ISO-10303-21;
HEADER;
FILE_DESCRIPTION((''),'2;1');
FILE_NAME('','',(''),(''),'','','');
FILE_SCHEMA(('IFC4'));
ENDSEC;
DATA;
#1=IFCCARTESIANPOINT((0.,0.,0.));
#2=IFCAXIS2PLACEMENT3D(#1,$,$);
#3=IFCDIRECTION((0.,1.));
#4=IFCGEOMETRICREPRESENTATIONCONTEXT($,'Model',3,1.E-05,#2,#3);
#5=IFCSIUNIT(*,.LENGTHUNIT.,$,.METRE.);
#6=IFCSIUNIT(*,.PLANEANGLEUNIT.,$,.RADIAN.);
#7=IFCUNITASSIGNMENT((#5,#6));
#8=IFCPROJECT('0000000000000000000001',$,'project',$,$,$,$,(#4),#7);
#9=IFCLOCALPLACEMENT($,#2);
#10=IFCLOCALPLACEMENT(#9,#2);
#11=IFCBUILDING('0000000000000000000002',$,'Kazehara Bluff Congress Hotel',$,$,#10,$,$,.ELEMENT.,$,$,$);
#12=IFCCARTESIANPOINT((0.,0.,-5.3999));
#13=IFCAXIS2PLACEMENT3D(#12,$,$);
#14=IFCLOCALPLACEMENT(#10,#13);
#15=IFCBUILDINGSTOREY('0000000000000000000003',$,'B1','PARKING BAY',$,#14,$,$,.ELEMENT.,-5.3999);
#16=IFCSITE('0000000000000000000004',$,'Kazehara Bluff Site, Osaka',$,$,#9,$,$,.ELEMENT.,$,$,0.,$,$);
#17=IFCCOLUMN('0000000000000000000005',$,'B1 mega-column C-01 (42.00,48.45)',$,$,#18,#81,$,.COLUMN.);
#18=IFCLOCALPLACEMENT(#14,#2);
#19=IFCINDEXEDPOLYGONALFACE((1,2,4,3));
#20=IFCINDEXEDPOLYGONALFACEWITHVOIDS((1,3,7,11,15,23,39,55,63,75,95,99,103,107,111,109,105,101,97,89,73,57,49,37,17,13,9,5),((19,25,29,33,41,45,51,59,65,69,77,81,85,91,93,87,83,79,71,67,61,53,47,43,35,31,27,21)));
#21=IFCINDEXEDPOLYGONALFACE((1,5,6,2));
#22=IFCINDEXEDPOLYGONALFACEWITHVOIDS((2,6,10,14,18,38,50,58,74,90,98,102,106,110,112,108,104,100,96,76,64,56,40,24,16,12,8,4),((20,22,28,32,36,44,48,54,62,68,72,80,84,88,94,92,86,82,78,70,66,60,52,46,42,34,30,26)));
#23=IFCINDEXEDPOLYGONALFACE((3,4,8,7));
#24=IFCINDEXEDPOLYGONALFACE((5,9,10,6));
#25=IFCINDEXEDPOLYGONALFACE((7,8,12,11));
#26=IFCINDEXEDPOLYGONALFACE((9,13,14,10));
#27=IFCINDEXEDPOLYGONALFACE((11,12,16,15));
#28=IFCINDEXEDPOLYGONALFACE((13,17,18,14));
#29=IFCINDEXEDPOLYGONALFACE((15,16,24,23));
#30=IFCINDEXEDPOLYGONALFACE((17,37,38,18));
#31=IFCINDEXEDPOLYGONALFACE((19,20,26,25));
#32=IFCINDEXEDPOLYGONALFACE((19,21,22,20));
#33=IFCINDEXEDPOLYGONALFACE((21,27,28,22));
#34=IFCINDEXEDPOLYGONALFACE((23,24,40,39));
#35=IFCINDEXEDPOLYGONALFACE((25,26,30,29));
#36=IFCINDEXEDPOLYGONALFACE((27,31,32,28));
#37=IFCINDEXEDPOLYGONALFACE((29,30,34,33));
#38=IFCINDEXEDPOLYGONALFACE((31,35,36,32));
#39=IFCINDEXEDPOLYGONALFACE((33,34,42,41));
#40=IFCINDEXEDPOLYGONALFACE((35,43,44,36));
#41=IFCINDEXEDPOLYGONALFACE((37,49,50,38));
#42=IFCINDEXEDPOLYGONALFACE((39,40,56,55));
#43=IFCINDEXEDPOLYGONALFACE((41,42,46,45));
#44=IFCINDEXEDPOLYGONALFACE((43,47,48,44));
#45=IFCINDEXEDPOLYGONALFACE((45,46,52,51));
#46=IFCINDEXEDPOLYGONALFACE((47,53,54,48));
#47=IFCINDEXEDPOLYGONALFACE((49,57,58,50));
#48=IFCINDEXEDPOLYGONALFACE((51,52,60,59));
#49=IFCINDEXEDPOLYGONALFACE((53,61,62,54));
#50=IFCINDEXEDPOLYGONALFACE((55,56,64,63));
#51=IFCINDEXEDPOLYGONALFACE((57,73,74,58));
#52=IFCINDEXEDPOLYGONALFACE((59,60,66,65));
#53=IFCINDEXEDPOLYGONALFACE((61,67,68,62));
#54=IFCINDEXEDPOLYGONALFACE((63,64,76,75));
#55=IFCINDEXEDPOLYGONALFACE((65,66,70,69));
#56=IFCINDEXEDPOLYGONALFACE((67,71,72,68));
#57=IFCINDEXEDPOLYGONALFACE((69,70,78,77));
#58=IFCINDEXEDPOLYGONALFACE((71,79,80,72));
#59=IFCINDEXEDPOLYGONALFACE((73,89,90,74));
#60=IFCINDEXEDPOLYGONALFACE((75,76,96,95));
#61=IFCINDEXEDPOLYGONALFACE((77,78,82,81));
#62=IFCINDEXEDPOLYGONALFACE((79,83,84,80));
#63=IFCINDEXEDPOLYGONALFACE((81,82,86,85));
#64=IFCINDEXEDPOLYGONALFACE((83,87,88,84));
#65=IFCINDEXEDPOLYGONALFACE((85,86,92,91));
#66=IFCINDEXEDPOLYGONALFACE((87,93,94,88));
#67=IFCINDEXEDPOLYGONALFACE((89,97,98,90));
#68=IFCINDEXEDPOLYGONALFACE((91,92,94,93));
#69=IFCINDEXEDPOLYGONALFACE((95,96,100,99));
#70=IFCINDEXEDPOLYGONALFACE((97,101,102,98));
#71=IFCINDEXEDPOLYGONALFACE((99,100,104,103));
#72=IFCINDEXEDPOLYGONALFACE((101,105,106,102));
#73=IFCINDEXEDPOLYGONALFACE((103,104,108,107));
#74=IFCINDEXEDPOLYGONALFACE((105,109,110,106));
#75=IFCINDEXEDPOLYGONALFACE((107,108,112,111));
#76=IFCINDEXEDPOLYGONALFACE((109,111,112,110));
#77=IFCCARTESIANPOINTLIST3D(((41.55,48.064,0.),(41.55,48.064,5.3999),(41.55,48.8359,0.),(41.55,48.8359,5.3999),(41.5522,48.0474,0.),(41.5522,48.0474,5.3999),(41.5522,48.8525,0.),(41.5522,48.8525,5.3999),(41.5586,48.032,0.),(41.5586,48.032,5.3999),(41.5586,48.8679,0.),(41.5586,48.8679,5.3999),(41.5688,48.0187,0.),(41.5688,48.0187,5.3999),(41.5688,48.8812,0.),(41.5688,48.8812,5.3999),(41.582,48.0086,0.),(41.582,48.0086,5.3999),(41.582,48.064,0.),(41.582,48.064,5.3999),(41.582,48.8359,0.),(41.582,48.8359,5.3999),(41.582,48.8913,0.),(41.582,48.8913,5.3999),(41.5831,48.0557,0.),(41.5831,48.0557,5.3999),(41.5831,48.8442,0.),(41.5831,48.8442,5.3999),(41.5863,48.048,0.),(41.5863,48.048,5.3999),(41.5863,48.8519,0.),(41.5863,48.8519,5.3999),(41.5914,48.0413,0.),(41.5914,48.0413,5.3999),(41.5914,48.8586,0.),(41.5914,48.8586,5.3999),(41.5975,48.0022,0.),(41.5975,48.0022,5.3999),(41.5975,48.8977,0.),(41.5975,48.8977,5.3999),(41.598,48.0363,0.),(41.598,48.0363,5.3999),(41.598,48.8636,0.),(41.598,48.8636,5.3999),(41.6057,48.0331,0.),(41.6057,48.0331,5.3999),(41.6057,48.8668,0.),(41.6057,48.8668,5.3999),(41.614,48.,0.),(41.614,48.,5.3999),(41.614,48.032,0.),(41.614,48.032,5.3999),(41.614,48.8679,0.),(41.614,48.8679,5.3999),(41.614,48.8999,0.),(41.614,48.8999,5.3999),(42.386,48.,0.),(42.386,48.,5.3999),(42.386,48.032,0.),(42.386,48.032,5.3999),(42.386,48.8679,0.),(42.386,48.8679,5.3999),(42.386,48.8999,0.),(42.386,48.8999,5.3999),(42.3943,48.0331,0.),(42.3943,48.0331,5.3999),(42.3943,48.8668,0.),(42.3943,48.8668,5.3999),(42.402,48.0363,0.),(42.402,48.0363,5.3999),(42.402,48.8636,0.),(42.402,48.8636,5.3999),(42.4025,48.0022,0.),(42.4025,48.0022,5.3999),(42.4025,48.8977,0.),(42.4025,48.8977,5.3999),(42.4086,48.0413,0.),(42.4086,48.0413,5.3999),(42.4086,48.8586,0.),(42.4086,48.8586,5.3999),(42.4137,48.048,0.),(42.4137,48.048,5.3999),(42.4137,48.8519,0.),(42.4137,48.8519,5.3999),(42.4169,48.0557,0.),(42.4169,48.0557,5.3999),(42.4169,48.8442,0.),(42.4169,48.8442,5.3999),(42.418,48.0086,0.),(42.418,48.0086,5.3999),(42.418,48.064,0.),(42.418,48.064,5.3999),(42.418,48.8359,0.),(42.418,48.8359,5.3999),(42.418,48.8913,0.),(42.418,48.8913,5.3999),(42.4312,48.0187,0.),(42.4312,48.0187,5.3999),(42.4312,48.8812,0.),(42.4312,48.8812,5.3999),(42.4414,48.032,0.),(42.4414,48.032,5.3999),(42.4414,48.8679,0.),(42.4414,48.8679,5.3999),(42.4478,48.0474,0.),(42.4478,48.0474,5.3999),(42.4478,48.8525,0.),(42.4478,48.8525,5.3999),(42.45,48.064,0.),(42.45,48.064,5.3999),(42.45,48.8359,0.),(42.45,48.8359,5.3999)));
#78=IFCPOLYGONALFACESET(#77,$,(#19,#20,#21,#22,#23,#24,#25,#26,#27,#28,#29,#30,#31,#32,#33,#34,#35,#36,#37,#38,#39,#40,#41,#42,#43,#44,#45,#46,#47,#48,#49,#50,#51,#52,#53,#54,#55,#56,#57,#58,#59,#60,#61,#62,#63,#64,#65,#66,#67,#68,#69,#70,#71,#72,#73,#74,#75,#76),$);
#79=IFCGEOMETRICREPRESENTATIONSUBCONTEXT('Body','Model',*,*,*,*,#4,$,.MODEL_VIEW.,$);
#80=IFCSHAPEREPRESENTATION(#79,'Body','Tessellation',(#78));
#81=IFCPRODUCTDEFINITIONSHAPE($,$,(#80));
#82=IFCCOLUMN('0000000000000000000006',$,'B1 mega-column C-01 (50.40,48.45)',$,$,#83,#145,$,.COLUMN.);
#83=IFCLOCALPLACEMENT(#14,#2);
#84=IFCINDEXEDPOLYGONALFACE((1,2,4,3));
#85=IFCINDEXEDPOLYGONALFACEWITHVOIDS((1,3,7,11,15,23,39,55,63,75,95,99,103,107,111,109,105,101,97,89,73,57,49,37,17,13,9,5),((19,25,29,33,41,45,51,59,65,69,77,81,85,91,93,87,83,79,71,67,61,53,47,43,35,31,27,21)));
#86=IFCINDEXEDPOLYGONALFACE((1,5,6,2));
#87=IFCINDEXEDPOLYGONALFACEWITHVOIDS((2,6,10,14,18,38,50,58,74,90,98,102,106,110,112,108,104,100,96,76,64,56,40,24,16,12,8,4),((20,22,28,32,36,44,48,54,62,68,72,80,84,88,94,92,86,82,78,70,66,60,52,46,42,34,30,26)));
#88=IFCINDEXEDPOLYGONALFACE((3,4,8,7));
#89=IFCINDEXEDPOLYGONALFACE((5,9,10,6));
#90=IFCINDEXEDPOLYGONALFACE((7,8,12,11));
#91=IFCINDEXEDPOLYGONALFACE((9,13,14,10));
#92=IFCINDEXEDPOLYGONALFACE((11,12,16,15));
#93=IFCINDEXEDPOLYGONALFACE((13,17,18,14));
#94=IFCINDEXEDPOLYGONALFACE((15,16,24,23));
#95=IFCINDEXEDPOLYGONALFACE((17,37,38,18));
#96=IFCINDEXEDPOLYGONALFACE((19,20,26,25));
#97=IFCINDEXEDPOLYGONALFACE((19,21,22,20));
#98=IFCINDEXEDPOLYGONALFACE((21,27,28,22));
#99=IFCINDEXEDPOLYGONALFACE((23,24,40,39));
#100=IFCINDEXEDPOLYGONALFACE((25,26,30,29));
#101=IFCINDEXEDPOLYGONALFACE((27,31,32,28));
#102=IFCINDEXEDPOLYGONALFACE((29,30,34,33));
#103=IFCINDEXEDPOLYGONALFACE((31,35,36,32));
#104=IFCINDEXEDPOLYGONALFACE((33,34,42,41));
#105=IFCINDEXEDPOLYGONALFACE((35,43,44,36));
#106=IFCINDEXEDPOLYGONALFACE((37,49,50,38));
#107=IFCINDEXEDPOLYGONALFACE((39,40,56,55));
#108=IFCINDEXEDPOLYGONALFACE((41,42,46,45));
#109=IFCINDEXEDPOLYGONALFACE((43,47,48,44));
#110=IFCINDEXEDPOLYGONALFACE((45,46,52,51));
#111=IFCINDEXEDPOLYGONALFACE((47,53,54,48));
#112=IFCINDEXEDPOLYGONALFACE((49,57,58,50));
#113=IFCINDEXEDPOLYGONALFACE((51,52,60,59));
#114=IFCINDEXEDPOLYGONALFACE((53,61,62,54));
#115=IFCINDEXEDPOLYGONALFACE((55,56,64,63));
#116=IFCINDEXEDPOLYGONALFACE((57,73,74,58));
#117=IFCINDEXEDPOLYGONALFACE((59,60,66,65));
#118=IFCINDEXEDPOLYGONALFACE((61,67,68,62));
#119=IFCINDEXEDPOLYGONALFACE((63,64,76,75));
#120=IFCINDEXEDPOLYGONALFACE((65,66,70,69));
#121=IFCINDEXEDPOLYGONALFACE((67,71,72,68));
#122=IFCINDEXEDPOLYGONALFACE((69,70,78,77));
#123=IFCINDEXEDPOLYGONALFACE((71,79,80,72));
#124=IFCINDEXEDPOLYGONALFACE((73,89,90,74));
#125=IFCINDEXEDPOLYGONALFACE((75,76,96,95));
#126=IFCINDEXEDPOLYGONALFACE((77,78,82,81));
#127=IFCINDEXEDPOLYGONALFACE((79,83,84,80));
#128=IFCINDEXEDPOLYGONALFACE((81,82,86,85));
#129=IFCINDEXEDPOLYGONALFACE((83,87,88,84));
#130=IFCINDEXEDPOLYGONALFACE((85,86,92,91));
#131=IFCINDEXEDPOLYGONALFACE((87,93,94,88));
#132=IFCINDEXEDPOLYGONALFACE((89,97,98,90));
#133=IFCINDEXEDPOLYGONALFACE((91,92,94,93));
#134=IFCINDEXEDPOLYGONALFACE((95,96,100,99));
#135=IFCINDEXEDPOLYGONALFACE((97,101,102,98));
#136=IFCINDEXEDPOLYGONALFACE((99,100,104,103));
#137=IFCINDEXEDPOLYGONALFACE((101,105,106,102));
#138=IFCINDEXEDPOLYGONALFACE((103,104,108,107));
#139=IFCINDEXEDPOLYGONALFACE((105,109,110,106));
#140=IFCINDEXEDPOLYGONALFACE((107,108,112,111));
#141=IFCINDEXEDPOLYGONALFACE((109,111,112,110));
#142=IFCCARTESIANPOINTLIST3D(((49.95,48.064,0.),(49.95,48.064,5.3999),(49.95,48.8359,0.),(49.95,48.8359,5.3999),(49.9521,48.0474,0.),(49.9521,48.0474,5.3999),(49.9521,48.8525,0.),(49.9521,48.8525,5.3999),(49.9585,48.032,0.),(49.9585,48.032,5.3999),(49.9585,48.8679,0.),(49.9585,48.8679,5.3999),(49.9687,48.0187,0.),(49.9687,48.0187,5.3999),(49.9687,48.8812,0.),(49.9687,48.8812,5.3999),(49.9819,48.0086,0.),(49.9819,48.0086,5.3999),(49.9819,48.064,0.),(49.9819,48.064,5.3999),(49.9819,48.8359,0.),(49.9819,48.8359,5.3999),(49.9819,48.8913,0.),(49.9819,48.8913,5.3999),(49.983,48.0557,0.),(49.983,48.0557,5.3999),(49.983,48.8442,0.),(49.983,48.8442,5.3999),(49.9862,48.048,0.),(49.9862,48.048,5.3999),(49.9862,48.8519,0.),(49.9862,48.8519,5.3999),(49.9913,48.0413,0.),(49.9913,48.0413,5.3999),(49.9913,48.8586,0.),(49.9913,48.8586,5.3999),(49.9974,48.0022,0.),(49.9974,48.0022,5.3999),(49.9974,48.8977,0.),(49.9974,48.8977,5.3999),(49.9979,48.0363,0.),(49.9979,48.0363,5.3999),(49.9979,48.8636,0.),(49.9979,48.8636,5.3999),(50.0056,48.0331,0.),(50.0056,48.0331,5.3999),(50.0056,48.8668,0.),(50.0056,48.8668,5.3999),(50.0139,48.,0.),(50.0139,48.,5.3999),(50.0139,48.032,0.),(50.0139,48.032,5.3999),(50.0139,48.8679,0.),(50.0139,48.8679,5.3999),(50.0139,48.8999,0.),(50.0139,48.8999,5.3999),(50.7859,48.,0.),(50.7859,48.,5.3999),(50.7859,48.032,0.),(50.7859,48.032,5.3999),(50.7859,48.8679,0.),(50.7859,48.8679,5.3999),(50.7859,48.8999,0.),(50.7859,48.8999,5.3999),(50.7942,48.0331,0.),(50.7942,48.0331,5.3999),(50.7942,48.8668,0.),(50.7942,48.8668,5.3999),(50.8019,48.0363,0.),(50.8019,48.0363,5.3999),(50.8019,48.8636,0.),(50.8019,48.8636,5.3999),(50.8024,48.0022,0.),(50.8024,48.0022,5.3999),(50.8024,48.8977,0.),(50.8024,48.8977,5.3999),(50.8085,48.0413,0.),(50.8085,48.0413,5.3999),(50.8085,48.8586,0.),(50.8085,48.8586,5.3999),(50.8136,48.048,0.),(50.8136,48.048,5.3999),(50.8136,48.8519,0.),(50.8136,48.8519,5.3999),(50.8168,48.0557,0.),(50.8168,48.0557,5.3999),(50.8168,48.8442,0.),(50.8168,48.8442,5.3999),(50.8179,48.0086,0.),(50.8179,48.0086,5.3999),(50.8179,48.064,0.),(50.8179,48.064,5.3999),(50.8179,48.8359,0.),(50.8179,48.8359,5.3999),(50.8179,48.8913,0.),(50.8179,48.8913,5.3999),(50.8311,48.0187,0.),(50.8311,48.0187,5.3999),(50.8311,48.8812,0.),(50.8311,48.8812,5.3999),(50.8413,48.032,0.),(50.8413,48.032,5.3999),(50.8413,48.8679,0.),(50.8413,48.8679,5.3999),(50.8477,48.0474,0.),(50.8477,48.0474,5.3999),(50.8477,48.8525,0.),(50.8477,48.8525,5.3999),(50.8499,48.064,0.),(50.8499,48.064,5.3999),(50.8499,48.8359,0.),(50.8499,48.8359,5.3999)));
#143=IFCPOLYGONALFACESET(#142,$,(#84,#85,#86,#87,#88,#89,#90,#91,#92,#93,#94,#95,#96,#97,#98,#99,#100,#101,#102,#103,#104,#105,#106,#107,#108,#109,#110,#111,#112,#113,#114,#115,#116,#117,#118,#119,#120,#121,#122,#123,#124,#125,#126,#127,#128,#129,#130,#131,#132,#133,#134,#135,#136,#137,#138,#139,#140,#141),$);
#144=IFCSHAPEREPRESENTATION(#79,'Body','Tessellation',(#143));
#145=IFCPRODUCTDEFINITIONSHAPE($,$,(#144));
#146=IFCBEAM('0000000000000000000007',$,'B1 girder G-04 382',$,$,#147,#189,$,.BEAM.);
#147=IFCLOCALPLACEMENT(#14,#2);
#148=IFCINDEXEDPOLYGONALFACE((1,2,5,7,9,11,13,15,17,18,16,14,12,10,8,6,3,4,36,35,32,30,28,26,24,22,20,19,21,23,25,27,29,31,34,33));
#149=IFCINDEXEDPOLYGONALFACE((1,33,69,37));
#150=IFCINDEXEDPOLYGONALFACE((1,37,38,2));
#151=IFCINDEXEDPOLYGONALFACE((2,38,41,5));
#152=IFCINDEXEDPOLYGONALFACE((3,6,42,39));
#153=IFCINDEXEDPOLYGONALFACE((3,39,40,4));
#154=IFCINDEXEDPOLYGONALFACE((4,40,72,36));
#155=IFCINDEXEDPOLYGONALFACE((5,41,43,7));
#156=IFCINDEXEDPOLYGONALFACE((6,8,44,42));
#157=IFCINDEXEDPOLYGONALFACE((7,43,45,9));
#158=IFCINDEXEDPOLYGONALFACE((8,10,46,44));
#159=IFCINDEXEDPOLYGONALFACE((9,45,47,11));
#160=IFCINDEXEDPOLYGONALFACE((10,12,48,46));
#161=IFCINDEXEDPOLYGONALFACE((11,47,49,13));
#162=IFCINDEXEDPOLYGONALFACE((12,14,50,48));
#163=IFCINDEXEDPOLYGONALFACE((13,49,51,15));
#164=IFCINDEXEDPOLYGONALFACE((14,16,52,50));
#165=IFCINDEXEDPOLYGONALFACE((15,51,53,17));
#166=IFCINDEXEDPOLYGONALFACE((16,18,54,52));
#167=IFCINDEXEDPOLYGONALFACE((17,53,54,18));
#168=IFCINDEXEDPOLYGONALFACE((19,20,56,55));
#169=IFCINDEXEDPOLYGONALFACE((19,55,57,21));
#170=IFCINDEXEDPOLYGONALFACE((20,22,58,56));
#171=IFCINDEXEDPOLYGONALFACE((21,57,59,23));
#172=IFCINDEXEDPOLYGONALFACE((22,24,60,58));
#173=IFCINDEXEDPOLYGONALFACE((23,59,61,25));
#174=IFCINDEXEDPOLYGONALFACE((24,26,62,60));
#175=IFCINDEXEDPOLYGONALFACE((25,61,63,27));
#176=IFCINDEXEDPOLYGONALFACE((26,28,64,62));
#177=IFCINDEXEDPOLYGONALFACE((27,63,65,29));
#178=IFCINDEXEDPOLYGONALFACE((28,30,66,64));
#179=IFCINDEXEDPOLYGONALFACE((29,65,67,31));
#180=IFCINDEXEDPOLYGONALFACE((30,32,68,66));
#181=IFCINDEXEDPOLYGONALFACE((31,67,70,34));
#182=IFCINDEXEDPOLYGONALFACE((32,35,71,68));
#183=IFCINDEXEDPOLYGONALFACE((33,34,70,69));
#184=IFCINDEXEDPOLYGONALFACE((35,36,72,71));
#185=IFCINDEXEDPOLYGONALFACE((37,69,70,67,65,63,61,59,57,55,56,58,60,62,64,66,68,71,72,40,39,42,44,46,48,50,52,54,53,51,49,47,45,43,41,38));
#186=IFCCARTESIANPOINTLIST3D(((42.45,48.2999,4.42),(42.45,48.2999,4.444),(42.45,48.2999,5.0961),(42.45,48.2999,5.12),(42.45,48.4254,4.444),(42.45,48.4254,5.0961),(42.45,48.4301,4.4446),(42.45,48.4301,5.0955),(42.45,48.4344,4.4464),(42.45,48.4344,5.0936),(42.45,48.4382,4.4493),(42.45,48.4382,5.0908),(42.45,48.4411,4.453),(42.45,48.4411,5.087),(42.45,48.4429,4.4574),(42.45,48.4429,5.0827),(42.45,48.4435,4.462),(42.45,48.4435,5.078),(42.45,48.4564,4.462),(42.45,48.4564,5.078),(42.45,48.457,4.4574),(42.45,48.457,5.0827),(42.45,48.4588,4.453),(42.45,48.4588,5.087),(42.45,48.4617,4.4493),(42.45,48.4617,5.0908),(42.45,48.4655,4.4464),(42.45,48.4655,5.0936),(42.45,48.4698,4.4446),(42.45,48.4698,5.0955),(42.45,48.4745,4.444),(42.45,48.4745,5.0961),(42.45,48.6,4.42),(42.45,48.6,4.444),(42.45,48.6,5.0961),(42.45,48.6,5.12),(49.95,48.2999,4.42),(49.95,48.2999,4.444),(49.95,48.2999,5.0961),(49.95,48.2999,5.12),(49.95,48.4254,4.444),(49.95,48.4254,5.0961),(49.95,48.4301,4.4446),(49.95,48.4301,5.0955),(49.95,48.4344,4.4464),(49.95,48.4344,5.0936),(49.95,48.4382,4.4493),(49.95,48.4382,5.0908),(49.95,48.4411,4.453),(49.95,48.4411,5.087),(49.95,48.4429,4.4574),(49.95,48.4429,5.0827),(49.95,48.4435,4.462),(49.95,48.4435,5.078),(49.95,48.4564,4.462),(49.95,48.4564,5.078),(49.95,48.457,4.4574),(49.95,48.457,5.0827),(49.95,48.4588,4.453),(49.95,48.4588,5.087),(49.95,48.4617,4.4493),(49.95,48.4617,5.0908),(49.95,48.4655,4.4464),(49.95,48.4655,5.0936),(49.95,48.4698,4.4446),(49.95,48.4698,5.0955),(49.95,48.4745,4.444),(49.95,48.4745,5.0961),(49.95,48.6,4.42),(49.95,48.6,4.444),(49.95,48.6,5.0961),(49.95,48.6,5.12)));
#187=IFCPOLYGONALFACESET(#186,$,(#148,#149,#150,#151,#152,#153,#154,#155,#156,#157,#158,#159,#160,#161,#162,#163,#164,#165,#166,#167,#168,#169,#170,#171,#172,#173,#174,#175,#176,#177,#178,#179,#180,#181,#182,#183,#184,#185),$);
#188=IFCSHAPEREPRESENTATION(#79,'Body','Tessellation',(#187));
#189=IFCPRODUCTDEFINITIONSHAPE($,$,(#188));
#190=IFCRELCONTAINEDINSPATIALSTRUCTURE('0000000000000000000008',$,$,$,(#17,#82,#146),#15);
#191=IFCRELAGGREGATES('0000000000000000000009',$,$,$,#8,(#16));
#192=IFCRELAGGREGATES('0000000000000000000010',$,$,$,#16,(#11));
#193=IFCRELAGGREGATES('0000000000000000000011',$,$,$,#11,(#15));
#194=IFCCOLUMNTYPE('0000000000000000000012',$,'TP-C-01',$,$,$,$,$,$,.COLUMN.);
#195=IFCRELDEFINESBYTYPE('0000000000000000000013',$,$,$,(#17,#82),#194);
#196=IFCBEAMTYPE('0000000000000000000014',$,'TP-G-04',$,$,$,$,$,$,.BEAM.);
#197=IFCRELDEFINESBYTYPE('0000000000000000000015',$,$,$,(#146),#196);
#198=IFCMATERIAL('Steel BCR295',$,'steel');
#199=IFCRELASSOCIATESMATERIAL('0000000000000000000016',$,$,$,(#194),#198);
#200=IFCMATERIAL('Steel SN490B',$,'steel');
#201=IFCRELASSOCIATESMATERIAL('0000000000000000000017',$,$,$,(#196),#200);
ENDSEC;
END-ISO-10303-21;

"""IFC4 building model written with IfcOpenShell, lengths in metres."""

from ifc_helpers import new_model, si_unit, direction, frame, origin, origin_2d, place, context, subcontext, project, spatial, hollow_rectangle, i_section, extrude, material, material_profile, profile_set, type_object, element, save


model = new_model("IFC4")

# Units and contexts
model_context = context("Model", 3, precision=1e-05, world=origin(), true_north=direction((0.0, 1.0)))
body_context = subcontext(model_context, "Body", "Model", "MODEL_VIEW")
ifc_project = project(units=[si_unit("LENGTHUNIT", "METRE"), si_unit("PLANEANGLEUNIT", "RADIAN")], contexts=[model_context])

# Site, building, storey
site_placement = place(None, origin())
site = spatial("IfcSite", under=ifc_project, at=site_placement, Name="Kazehara Bluff Site, Osaka", CompositionType="ELEMENT", RefElevation=0.0)
building_placement = place(site_placement, origin())
building = spatial("IfcBuilding", under=site, at=building_placement, Name="Kazehara Bluff Congress Hotel", CompositionType="ELEMENT")
storey_placement = place(building_placement, frame((0.0, 0.0, -5.3999)))
storey = spatial("IfcBuildingStorey", under=building, at=storey_placement, Name="B1", Description="PARKING BAY", CompositionType="ELEMENT", Elevation=-5.3999)

# Columns
ifc_material_1 = material(Name="Steel BCR295", Category="steel")
ifc_material_profile_1 = material_profile(ifc_material_1, hollow_rectangle(XDim=0.8999, YDim=0.8999, WallThickness=0.032, InnerFilletRadius=0.032, OuterFilletRadius=0.064, at=origin_2d()))
ifc_profile_set_1 = profile_set([ifc_material_profile_1], Name="Steel BCR295")
column_type = type_object("IfcColumnType", Name="TP-C-01", PredefinedType="COLUMN", material=ifc_profile_set_1)
for number, where, z_axis, x_axis, name in (
    (1, (42.0, 48.45, 0.0), (0.0, 0.0, 1.0), (1.0, 0.0, 0.0), "B1 mega-column C-01 (42.00,48.45)"),
    (2, (50.3999, 48.45, 0.0), (0.0, 0.0, 1.0), (1.0, 0.0, 0.0), "B1 mega-column C-01 (50.40,48.45)"),
):
    element("IfcColumn", number, at=place(storey_placement, frame(where, z_axis=z_axis, x_axis=x_axis)), inside=storey, type_object=column_type, Name=name, PredefinedType="COLUMN", context=body_context, shape_type="SweptSolid", body=[
        extrude(hollow_rectangle(XDim=0.8999, YDim=0.8999, WallThickness=0.032, InnerFilletRadius=0.032, OuterFilletRadius=0.064, at=origin_2d()), origin(), (0.0, 0.0, 1.0), 5.3999),
    ])

# Beam
ifc_material_2 = material(Name="Steel SN490B", Category="steel")
ifc_material_profile_2 = material_profile(ifc_material_2, i_section(OverallWidth=0.3, OverallDepth=0.7, WebThickness=0.0129, FlangeThickness=0.0239, FilletRadius=0.0181, at=origin_2d()))
ifc_profile_set_2 = profile_set([ifc_material_profile_2], Name="Steel SN490B")
beam_type_1 = type_object("IfcBeamType", Name="TP-G-04", PredefinedType="BEAM", material=ifc_profile_set_2)
beam_1_placement = place(storey_placement, frame((42.45, 48.45, 4.77), z_axis=(1.0, 0.0, 0.0), x_axis=(0.0, 1.0, 0.0)))
element("IfcBeam", 3, at=beam_1_placement, inside=storey, type_object=beam_type_1, Name="B1 girder G-04 382", PredefinedType="BEAM", context=body_context, shape_type="SweptSolid", body=[
    extrude(i_section(OverallWidth=0.3, OverallDepth=0.7, WebThickness=0.0129, FlangeThickness=0.0239, FilletRadius=0.0181, at=origin_2d()), origin(), (0.0, 0.0, 1.0), 7.5),
])

save(model, "model.ifc")
